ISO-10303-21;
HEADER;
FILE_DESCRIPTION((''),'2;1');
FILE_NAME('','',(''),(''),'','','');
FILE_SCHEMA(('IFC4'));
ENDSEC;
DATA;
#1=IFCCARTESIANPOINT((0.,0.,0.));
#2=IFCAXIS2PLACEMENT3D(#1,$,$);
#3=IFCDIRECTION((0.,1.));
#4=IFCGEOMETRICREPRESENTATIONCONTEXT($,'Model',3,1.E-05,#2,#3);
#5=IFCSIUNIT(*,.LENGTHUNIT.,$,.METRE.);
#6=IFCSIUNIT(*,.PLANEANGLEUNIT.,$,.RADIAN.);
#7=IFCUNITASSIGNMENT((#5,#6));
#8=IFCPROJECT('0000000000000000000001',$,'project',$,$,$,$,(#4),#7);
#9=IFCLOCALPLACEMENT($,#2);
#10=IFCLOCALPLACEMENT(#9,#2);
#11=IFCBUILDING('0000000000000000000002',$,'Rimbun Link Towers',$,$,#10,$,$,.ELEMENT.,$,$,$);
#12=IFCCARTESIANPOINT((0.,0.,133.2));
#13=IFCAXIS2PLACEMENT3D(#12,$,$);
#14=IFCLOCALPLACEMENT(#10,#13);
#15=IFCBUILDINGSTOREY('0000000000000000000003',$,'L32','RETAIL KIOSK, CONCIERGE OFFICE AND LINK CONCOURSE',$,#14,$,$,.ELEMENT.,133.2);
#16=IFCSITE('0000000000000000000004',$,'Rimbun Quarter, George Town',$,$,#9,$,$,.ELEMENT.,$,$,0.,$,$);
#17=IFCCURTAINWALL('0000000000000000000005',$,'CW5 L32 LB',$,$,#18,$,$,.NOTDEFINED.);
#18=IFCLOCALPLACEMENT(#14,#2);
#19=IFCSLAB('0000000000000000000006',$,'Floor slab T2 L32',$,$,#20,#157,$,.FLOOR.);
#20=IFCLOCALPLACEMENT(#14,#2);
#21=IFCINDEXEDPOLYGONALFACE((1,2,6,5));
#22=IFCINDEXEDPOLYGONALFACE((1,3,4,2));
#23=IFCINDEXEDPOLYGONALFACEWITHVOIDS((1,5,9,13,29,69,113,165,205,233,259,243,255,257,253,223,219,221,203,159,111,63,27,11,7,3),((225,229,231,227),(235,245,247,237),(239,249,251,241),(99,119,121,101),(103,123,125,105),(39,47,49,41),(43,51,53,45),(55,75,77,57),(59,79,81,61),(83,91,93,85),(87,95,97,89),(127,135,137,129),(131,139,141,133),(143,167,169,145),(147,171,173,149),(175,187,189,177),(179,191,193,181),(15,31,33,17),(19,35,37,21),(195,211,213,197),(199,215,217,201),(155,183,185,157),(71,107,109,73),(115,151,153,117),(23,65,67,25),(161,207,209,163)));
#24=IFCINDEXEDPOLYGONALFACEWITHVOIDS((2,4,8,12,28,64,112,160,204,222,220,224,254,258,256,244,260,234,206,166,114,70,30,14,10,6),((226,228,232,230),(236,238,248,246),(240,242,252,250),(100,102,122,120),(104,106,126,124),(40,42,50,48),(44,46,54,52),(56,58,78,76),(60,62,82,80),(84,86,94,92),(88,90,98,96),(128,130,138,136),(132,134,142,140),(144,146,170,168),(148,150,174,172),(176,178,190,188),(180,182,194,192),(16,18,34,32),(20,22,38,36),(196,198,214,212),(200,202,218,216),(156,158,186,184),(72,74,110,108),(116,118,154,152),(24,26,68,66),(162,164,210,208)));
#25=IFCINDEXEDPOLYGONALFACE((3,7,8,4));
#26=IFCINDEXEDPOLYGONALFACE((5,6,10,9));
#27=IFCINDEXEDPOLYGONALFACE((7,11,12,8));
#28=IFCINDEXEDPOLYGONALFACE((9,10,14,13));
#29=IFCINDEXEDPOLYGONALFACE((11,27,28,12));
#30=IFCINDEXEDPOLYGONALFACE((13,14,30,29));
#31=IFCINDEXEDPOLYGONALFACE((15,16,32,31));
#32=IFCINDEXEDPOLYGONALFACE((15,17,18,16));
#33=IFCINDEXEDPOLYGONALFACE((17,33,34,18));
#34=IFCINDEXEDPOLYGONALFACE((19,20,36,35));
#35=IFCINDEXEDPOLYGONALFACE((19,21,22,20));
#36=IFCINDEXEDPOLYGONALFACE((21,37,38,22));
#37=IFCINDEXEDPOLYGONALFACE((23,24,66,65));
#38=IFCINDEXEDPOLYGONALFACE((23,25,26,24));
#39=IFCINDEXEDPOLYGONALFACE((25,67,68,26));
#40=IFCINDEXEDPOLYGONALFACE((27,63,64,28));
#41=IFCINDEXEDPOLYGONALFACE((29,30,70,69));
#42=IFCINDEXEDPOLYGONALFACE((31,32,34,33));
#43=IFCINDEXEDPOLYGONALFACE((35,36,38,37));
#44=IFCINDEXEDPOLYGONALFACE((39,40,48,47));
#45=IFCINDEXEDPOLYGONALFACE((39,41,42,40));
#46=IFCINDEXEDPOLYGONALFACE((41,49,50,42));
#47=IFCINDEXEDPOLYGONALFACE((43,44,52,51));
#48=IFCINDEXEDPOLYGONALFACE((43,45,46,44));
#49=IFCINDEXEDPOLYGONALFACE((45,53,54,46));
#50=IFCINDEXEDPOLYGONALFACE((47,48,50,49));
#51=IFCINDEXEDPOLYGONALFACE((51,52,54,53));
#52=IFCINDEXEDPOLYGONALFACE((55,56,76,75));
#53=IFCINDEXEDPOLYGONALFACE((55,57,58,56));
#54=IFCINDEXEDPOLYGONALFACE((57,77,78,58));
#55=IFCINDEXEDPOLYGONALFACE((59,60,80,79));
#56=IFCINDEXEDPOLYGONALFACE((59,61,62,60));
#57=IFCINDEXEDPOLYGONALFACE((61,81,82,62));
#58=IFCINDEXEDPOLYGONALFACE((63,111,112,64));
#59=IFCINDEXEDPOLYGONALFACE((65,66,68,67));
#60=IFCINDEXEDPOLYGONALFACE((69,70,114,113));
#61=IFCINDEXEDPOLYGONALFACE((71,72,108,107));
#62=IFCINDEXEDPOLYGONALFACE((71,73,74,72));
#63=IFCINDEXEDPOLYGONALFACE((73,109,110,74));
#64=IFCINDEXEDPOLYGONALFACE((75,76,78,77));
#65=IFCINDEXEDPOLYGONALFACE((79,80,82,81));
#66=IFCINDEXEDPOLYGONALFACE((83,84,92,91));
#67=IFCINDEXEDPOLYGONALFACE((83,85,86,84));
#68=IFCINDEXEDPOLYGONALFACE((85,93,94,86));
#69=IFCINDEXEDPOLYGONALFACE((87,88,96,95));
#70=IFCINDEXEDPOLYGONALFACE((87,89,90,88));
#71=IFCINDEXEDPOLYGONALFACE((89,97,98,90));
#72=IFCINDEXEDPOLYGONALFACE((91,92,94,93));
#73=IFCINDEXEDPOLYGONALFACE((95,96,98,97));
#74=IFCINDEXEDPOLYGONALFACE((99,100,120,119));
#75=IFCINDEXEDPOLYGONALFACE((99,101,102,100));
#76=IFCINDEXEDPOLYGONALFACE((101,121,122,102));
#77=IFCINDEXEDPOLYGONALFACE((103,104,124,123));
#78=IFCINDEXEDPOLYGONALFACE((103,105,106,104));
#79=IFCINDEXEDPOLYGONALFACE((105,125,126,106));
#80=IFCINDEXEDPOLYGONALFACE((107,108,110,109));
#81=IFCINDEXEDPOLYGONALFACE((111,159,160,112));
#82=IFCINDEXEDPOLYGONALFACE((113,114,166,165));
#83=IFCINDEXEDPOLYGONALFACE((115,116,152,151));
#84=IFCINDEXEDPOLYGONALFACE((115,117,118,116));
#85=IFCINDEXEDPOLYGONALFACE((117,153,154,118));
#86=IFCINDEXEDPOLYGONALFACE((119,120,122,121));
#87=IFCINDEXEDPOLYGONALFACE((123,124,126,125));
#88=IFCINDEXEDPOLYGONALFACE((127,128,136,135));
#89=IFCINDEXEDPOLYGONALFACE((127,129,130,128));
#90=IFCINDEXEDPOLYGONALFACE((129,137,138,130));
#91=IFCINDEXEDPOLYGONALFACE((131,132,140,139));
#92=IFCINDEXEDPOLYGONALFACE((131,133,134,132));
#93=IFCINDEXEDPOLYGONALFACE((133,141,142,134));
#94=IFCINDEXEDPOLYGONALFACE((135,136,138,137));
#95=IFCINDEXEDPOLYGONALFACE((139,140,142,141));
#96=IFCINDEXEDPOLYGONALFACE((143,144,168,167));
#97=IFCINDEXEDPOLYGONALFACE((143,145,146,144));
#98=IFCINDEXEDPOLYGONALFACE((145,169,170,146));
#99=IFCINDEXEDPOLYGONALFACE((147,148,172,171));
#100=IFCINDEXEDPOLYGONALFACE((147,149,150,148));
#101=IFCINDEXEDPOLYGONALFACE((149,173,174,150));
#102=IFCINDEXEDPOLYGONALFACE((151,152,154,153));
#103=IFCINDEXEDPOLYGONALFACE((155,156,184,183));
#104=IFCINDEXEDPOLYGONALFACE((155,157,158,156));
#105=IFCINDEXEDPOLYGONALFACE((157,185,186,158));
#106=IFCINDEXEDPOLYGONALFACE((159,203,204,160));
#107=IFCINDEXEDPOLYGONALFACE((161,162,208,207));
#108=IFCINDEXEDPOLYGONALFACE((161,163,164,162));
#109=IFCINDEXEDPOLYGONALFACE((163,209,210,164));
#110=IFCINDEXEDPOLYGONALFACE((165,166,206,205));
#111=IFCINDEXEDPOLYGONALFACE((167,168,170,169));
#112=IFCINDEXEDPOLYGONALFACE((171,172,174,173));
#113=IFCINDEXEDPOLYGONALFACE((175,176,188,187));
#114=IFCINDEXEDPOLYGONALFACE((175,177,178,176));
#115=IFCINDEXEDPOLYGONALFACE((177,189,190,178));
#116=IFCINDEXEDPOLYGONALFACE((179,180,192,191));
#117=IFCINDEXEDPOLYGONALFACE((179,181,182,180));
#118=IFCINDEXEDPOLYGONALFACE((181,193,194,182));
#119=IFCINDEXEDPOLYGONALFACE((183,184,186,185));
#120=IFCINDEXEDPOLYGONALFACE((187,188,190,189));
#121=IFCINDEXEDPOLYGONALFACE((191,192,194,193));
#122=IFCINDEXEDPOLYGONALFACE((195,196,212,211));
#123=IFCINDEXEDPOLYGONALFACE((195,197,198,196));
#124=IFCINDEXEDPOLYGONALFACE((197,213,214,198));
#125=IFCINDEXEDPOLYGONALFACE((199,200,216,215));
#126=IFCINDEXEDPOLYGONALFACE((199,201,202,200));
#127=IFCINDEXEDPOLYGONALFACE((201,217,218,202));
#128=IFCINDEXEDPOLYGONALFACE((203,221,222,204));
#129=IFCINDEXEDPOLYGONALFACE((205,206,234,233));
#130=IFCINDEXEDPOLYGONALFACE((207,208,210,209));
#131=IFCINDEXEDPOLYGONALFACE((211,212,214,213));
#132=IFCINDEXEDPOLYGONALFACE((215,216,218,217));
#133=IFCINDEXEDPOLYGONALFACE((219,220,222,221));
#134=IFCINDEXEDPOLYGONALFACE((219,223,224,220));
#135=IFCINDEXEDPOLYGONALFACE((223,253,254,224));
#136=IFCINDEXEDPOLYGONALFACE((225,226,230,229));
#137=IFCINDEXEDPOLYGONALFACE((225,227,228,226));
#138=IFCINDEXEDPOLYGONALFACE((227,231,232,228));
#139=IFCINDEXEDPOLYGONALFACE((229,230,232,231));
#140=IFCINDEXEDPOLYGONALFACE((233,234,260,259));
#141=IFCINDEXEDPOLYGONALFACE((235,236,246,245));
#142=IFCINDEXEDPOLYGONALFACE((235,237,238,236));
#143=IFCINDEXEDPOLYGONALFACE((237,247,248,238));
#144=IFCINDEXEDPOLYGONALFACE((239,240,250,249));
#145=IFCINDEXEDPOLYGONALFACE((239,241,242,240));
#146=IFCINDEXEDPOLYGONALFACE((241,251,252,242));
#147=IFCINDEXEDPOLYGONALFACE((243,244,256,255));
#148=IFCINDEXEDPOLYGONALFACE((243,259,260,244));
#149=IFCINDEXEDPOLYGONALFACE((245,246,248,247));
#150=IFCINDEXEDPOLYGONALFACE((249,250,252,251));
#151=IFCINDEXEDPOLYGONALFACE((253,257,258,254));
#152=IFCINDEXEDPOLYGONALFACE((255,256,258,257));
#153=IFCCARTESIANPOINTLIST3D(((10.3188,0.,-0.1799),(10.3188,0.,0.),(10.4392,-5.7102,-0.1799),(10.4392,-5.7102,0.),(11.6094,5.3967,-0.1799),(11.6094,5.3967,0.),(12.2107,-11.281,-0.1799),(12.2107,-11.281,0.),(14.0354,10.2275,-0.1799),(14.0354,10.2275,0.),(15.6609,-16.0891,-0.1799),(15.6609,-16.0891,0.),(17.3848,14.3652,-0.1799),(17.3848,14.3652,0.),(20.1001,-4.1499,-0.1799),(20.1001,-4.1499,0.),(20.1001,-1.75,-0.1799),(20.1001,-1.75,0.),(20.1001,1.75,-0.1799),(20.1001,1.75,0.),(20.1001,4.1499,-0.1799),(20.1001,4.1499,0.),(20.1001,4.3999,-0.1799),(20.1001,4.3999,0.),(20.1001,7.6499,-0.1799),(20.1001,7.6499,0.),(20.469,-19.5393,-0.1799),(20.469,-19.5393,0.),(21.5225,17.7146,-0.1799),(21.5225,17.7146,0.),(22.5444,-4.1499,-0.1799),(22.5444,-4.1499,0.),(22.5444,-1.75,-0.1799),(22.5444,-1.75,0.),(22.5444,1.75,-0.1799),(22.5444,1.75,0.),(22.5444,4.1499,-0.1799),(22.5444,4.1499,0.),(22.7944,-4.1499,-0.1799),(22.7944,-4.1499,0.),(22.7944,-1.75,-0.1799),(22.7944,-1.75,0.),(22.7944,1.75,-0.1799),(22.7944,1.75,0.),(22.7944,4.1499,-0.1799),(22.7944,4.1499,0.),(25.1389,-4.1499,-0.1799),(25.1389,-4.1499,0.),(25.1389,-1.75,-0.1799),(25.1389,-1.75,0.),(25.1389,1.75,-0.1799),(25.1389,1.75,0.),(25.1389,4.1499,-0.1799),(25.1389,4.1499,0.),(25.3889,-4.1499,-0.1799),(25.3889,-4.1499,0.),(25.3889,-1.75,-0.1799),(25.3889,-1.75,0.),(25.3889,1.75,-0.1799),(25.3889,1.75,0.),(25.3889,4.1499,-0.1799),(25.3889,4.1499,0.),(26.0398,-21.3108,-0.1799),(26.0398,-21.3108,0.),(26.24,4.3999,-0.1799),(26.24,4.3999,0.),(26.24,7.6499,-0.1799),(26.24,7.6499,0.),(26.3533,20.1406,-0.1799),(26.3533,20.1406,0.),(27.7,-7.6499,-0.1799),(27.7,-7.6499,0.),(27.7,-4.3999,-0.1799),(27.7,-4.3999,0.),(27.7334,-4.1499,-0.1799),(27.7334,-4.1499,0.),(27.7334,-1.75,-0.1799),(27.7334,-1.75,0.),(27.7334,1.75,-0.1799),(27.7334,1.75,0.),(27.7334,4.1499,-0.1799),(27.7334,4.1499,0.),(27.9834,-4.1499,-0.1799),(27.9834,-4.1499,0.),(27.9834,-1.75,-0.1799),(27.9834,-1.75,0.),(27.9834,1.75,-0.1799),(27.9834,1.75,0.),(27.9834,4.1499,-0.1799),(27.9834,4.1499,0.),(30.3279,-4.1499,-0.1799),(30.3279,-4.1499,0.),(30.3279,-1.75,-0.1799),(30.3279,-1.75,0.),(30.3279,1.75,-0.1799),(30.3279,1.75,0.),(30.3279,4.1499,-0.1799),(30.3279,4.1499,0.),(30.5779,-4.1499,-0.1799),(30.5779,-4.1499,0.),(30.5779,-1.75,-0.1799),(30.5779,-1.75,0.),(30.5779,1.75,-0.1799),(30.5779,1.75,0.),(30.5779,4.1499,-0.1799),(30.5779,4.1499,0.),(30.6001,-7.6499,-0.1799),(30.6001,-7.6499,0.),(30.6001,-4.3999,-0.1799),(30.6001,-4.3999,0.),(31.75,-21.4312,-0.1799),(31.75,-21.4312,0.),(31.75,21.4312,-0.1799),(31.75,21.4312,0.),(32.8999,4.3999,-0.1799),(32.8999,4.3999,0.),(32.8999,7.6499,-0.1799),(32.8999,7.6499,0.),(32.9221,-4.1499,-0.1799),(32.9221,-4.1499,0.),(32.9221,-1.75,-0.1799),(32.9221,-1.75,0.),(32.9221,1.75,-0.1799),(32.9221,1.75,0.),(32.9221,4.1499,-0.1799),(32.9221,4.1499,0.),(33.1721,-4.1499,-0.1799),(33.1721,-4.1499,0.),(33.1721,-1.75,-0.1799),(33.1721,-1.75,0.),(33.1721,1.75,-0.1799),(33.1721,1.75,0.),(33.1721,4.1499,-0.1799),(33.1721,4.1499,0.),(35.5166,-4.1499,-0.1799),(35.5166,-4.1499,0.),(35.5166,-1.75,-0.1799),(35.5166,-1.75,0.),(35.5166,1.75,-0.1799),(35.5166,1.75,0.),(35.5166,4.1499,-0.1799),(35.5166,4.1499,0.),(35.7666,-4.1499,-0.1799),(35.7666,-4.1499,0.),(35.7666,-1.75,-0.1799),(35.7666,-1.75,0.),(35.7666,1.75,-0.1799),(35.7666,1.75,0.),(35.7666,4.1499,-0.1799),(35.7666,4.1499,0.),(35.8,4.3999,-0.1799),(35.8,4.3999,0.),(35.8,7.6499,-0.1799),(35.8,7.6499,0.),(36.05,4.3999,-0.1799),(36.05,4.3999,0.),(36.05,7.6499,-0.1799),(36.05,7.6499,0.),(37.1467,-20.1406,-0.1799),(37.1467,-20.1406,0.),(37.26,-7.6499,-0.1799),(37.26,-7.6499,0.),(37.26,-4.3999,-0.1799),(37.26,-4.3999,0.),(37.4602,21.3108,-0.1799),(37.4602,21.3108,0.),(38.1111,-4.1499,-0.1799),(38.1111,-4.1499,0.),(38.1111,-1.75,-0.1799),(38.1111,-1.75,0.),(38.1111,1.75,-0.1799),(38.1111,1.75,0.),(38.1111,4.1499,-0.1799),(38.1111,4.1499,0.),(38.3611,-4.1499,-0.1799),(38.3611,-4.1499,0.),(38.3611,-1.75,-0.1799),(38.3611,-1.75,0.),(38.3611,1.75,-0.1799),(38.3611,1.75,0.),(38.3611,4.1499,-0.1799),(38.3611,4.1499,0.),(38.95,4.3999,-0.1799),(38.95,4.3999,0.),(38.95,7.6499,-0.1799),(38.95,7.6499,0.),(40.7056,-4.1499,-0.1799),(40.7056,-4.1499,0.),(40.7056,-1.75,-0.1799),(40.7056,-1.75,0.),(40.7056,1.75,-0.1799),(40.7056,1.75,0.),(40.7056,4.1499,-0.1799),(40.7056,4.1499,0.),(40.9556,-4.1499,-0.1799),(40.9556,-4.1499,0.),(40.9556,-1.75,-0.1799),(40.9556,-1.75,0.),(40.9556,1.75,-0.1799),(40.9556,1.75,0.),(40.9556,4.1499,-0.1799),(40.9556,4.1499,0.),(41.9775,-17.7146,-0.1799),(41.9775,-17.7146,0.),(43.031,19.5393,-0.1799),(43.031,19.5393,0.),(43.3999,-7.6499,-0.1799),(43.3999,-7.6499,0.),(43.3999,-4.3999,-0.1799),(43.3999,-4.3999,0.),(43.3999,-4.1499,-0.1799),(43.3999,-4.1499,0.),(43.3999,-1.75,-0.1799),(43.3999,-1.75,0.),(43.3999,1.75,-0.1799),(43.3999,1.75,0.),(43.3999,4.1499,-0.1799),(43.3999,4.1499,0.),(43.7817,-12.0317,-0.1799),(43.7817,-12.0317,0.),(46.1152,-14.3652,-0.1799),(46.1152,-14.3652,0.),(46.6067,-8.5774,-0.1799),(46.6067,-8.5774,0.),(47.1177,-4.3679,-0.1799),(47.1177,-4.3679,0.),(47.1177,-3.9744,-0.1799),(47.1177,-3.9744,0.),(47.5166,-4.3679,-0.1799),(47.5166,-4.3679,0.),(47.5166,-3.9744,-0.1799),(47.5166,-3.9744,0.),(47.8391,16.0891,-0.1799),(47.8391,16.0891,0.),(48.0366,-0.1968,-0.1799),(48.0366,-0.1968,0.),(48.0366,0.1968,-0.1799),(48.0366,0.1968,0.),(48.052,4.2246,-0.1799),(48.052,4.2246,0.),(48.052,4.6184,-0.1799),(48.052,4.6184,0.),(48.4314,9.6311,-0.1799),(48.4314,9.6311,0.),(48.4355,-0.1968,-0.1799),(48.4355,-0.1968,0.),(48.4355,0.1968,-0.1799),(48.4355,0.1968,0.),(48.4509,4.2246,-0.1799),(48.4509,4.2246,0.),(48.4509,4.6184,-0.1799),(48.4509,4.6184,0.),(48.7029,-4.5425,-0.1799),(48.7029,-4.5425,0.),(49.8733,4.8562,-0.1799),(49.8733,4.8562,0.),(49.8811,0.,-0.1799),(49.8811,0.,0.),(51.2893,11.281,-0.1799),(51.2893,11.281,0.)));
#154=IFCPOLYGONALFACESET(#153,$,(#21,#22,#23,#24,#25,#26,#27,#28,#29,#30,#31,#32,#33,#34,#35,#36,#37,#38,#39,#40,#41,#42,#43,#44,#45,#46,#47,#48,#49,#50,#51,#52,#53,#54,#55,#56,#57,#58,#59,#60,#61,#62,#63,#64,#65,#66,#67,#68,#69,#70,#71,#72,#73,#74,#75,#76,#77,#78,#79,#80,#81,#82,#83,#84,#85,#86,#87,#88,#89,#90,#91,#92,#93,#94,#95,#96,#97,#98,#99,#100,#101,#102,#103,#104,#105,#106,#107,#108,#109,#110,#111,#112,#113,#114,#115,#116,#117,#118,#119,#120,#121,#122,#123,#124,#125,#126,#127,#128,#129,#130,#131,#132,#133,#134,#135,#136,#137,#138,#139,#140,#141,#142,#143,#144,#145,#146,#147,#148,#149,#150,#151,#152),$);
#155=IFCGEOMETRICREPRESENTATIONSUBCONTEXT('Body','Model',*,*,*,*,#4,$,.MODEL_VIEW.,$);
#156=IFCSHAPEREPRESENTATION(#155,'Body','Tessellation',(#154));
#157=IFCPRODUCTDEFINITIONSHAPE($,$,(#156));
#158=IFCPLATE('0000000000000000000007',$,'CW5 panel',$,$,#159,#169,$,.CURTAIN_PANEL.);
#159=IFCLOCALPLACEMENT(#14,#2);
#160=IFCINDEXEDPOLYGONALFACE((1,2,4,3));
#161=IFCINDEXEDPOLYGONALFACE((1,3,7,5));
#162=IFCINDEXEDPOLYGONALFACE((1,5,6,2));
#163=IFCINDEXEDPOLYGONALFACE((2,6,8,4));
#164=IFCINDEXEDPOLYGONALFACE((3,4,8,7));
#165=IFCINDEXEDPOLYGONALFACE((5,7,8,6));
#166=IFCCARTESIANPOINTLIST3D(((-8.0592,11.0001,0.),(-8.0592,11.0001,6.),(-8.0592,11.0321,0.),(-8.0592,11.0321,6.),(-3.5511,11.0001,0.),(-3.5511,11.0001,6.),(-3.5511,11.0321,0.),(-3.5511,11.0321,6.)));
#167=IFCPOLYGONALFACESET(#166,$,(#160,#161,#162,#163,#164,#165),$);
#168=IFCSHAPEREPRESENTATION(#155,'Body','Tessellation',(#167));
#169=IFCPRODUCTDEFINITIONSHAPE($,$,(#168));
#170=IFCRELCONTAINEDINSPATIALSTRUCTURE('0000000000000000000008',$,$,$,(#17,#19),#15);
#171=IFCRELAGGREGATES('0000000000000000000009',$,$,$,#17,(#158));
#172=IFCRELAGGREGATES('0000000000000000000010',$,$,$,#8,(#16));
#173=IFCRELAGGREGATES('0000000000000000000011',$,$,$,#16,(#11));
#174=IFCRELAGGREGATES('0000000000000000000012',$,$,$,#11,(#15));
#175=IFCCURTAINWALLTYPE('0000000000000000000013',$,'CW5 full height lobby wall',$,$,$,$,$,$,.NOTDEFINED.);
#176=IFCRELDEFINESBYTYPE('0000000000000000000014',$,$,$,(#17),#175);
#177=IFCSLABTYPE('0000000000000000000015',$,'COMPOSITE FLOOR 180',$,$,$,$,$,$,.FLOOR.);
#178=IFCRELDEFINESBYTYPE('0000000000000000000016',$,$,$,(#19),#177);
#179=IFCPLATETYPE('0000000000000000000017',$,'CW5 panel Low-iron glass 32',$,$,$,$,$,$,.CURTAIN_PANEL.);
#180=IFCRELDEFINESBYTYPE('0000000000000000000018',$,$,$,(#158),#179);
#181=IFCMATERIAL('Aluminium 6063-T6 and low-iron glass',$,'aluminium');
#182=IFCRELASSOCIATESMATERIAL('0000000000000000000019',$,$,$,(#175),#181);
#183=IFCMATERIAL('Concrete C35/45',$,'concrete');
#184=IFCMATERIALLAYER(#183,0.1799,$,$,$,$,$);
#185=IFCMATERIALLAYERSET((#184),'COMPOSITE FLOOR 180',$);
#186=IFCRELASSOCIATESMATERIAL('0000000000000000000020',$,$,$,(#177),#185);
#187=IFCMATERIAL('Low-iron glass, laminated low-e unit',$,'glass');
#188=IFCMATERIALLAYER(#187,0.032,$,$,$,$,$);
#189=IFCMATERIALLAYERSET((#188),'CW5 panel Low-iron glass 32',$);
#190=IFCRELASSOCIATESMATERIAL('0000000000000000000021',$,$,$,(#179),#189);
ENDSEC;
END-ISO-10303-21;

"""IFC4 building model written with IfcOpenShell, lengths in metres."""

from ifc_helpers import new_model, si_unit, direction, frame, origin, origin_2d, place, context, subcontext, project, spatial, polyline, rectangle, outline, extrude, material, layer, layer_set, type_object, element, aggregate, save


model = new_model("IFC4")

# Units and contexts
model_context = context("Model", 3, precision=1e-05, world=origin(), true_north=direction((0.0, 1.0)))
body_context = subcontext(model_context, "Body", "Model", "MODEL_VIEW")
ifc_project = project(units=[si_unit("LENGTHUNIT", "METRE"), si_unit("PLANEANGLEUNIT", "RADIAN")], contexts=[model_context])

# Site, building, storey
site_placement = place(None, origin())
site = spatial("IfcSite", under=ifc_project, at=site_placement, Name="Rimbun Quarter, George Town", CompositionType="ELEMENT", RefElevation=0.0)
building_placement = place(site_placement, origin())
building = spatial("IfcBuilding", under=site, at=building_placement, Name="Rimbun Link Towers", CompositionType="ELEMENT")
storey_placement = place(building_placement, frame((0.0, 0.0, 133.2)))
storey = spatial("IfcBuildingStorey", under=building, at=storey_placement, Name="L32", Description="RETAIL KIOSK, CONCIERGE OFFICE AND LINK CONCOURSE", CompositionType="ELEMENT", Elevation=133.2)

# Curtain wall
ifc_material_1 = material(Name="Aluminium 6063-T6 and low-iron glass", Category="aluminium")
curtain_wall_type = type_object("IfcCurtainWallType", Name="CW5 full height lobby wall", PredefinedType="NOTDEFINED", material=ifc_material_1)
curtain_wall_placement = place(storey_placement, origin())
curtain_wall = element("IfcCurtainWall", 1, at=curtain_wall_placement, inside=storey, type_object=curtain_wall_type, Name="CW5 L32 LB", PredefinedType="NOTDEFINED")

# Slab
ifc_material_2 = material(Name="Concrete C35/45", Category="concrete")
ifc_layer_1 = layer(ifc_material_2, 0.1799)
ifc_layer_set_1 = layer_set([ifc_layer_1], Name="COMPOSITE FLOOR 180")
slab_type_1 = type_object("IfcSlabType", Name="COMPOSITE FLOOR 180", PredefinedType="FLOOR", material=ifc_layer_set_1)
slab_1_placement = place(storey_placement, frame((0.0, 0.0, -0.1799)))
element("IfcSlab", 2, at=slab_1_placement, inside=storey, type_object=slab_type_1, Name="Floor slab T2 L32", PredefinedType="FLOOR", context=body_context, shape_type="SweptSolid", body=[
    extrude(outline(polyline([(41.9775, -17.7146), (37.1467, -20.1406), (31.75, -21.4312), (26.0398, -21.3108), (20.469, -19.5393), (15.6609, -16.0891), (12.2107, -11.281), (10.4392, -5.7102), (10.3188, 0.0), (11.6094, 5.3967), (14.0354, 10.2275), (17.3848, 14.3652), (21.5225, 17.7146), (26.3533, 20.1406), (31.75, 21.4312), (37.4602, 21.3108), (43.031, 19.5393), (47.8391, 16.0891), (51.2893, 11.281), (48.4314, 9.6311), (49.8733, 4.8562), (49.8811, 0.0), (48.7029, -4.5425), (46.6067, -8.5774), (43.7817, -12.0317), (46.1152, -14.3652), (41.9775, -17.7146)]), holes=[polyline([(30.6001, -7.6499), (30.6001, -4.3999), (27.7, -4.3999), (27.7, -7.6499), (30.6001, -7.6499)]), polyline([(20.1001, -4.1499), (22.5444, -4.1499), (22.5444, -1.75), (20.1001, -1.75), (20.1001, -4.1499)]), polyline([(22.7944, -4.1499), (25.1389, -4.1499), (25.1389, -1.75), (22.7944, -1.75), (22.7944, -4.1499)]), polyline([(27.7334, -4.1499), (27.7334, -1.75), (25.3889, -1.75), (25.3889, -4.1499), (27.7334, -4.1499)]), polyline([(27.9834, -4.1499), (30.3279, -4.1499), (30.3279, -1.75), (27.9834, -1.75), (27.9834, -4.1499)]), polyline([(30.5779, -4.1499), (32.9221, -4.1499), (32.9221, -1.75), (30.5779, -1.75), (30.5779, -4.1499)]), polyline([(22.5444, 1.75), (22.5444, 4.1499), (20.1001, 4.1499), (20.1001, 1.75), (22.5444, 1.75)]), polyline([(22.7944, 1.75), (25.1389, 1.75), (25.1389, 4.1499), (22.7944, 4.1499), (22.7944, 1.75)]), polyline([(25.3889, 1.75), (27.7334, 1.75), (27.7334, 4.1499), (25.3889, 4.1499), (25.3889, 1.75)]), polyline([(27.9834, 1.75), (30.3279, 1.75), (30.3279, 4.1499), (27.9834, 4.1499), (27.9834, 1.75)]), polyline([(30.5779, 1.75), (32.9221, 1.75), (32.9221, 4.1499), (30.5779, 4.1499), (30.5779, 1.75)]), polyline([(33.1721, 1.75), (35.5166, 1.75), (35.5166, 4.1499), (33.1721, 4.1499), (33.1721, 1.75)]), polyline([(20.1001, 4.3999), (26.24, 4.3999), (26.24, 7.6499), (20.1001, 7.6499), (20.1001, 4.3999)]), polyline([(43.3999, -7.6499), (43.3999, -4.3999), (37.26, -4.3999), (37.26, -7.6499), (43.3999, -7.6499)]), polyline([(47.1177, -4.3679), (47.5166, -4.3679), (47.5166, -3.9744), (47.1177, -3.9744), (47.1177, -4.3679)]), polyline([(33.1721, -4.1499), (35.5166, -4.1499), (35.5166, -1.75), (33.1721, -1.75), (33.1721, -4.1499)]), polyline([(38.1111, -4.1499), (38.1111, -1.75), (35.7666, -1.75), (35.7666, -4.1499), (38.1111, -4.1499)]), polyline([(38.3611, -4.1499), (40.7056, -4.1499), (40.7056, -1.75), (38.3611, -1.75), (38.3611, -4.1499)]), polyline([(40.9556, -4.1499), (43.3999, -4.1499), (43.3999, -1.75), (40.9556, -1.75), (40.9556, -4.1499)]), polyline([(48.4355, -0.1968), (48.4355, 0.1968), (48.0366, 0.1968), (48.0366, -0.1968), (48.4355, -0.1968)]), polyline([(35.7666, 1.75), (38.1111, 1.75), (38.1111, 4.1499), (35.7666, 4.1499), (35.7666, 1.75)]), polyline([(38.3611, 1.75), (40.7056, 1.75), (40.7056, 4.1499), (38.3611, 4.1499), (38.3611, 1.75)]), polyline([(40.9556, 1.75), (43.3999, 1.75), (43.3999, 4.1499), (40.9556, 4.1499), (40.9556, 1.75)]), polyline([(48.052, 4.2246), (48.4509, 4.2246), (48.4509, 4.6184), (48.052, 4.6184), (48.052, 4.2246)]), polyline([(32.8999, 4.3999), (35.8, 4.3999), (35.8, 7.6499), (32.8999, 7.6499), (32.8999, 4.3999)]), polyline([(36.05, 4.3999), (38.95, 4.3999), (38.95, 7.6499), (36.05, 7.6499), (36.05, 4.3999)])]), origin(), (0.0, 0.0, 1.0), 0.1799),
])

# Plate
ifc_material_3 = material(Name="Low-iron glass, laminated low-e unit", Category="glass")
ifc_layer_2 = layer(ifc_material_3, 0.032)
ifc_layer_set_2 = layer_set([ifc_layer_2], Name="CW5 panel Low-iron glass 32")
plate_type = type_object("IfcPlateType", Name="CW5 panel Low-iron glass 32", PredefinedType="CURTAIN_PANEL", material=ifc_layer_set_2)
plate_1_placement = place(storey_placement, frame((-5.8052, 11.0161, 0.0), z_axis=(0.0, 0.0, 1.0), x_axis=(1.0, 0.0, 0.0)))
plate_1 = element("IfcPlate", 3, at=plate_1_placement, type_object=plate_type, Name="CW5 panel", PredefinedType="CURTAIN_PANEL", context=body_context, shape_type="SweptSolid", body=[
    extrude(rectangle(XDim=4.5081, YDim=0.032, at=origin_2d()), origin(), (0.0, 0.0, 1.0), 6.0),
])
aggregate(curtain_wall, [plate_1])

save(model, "model.ifc")
